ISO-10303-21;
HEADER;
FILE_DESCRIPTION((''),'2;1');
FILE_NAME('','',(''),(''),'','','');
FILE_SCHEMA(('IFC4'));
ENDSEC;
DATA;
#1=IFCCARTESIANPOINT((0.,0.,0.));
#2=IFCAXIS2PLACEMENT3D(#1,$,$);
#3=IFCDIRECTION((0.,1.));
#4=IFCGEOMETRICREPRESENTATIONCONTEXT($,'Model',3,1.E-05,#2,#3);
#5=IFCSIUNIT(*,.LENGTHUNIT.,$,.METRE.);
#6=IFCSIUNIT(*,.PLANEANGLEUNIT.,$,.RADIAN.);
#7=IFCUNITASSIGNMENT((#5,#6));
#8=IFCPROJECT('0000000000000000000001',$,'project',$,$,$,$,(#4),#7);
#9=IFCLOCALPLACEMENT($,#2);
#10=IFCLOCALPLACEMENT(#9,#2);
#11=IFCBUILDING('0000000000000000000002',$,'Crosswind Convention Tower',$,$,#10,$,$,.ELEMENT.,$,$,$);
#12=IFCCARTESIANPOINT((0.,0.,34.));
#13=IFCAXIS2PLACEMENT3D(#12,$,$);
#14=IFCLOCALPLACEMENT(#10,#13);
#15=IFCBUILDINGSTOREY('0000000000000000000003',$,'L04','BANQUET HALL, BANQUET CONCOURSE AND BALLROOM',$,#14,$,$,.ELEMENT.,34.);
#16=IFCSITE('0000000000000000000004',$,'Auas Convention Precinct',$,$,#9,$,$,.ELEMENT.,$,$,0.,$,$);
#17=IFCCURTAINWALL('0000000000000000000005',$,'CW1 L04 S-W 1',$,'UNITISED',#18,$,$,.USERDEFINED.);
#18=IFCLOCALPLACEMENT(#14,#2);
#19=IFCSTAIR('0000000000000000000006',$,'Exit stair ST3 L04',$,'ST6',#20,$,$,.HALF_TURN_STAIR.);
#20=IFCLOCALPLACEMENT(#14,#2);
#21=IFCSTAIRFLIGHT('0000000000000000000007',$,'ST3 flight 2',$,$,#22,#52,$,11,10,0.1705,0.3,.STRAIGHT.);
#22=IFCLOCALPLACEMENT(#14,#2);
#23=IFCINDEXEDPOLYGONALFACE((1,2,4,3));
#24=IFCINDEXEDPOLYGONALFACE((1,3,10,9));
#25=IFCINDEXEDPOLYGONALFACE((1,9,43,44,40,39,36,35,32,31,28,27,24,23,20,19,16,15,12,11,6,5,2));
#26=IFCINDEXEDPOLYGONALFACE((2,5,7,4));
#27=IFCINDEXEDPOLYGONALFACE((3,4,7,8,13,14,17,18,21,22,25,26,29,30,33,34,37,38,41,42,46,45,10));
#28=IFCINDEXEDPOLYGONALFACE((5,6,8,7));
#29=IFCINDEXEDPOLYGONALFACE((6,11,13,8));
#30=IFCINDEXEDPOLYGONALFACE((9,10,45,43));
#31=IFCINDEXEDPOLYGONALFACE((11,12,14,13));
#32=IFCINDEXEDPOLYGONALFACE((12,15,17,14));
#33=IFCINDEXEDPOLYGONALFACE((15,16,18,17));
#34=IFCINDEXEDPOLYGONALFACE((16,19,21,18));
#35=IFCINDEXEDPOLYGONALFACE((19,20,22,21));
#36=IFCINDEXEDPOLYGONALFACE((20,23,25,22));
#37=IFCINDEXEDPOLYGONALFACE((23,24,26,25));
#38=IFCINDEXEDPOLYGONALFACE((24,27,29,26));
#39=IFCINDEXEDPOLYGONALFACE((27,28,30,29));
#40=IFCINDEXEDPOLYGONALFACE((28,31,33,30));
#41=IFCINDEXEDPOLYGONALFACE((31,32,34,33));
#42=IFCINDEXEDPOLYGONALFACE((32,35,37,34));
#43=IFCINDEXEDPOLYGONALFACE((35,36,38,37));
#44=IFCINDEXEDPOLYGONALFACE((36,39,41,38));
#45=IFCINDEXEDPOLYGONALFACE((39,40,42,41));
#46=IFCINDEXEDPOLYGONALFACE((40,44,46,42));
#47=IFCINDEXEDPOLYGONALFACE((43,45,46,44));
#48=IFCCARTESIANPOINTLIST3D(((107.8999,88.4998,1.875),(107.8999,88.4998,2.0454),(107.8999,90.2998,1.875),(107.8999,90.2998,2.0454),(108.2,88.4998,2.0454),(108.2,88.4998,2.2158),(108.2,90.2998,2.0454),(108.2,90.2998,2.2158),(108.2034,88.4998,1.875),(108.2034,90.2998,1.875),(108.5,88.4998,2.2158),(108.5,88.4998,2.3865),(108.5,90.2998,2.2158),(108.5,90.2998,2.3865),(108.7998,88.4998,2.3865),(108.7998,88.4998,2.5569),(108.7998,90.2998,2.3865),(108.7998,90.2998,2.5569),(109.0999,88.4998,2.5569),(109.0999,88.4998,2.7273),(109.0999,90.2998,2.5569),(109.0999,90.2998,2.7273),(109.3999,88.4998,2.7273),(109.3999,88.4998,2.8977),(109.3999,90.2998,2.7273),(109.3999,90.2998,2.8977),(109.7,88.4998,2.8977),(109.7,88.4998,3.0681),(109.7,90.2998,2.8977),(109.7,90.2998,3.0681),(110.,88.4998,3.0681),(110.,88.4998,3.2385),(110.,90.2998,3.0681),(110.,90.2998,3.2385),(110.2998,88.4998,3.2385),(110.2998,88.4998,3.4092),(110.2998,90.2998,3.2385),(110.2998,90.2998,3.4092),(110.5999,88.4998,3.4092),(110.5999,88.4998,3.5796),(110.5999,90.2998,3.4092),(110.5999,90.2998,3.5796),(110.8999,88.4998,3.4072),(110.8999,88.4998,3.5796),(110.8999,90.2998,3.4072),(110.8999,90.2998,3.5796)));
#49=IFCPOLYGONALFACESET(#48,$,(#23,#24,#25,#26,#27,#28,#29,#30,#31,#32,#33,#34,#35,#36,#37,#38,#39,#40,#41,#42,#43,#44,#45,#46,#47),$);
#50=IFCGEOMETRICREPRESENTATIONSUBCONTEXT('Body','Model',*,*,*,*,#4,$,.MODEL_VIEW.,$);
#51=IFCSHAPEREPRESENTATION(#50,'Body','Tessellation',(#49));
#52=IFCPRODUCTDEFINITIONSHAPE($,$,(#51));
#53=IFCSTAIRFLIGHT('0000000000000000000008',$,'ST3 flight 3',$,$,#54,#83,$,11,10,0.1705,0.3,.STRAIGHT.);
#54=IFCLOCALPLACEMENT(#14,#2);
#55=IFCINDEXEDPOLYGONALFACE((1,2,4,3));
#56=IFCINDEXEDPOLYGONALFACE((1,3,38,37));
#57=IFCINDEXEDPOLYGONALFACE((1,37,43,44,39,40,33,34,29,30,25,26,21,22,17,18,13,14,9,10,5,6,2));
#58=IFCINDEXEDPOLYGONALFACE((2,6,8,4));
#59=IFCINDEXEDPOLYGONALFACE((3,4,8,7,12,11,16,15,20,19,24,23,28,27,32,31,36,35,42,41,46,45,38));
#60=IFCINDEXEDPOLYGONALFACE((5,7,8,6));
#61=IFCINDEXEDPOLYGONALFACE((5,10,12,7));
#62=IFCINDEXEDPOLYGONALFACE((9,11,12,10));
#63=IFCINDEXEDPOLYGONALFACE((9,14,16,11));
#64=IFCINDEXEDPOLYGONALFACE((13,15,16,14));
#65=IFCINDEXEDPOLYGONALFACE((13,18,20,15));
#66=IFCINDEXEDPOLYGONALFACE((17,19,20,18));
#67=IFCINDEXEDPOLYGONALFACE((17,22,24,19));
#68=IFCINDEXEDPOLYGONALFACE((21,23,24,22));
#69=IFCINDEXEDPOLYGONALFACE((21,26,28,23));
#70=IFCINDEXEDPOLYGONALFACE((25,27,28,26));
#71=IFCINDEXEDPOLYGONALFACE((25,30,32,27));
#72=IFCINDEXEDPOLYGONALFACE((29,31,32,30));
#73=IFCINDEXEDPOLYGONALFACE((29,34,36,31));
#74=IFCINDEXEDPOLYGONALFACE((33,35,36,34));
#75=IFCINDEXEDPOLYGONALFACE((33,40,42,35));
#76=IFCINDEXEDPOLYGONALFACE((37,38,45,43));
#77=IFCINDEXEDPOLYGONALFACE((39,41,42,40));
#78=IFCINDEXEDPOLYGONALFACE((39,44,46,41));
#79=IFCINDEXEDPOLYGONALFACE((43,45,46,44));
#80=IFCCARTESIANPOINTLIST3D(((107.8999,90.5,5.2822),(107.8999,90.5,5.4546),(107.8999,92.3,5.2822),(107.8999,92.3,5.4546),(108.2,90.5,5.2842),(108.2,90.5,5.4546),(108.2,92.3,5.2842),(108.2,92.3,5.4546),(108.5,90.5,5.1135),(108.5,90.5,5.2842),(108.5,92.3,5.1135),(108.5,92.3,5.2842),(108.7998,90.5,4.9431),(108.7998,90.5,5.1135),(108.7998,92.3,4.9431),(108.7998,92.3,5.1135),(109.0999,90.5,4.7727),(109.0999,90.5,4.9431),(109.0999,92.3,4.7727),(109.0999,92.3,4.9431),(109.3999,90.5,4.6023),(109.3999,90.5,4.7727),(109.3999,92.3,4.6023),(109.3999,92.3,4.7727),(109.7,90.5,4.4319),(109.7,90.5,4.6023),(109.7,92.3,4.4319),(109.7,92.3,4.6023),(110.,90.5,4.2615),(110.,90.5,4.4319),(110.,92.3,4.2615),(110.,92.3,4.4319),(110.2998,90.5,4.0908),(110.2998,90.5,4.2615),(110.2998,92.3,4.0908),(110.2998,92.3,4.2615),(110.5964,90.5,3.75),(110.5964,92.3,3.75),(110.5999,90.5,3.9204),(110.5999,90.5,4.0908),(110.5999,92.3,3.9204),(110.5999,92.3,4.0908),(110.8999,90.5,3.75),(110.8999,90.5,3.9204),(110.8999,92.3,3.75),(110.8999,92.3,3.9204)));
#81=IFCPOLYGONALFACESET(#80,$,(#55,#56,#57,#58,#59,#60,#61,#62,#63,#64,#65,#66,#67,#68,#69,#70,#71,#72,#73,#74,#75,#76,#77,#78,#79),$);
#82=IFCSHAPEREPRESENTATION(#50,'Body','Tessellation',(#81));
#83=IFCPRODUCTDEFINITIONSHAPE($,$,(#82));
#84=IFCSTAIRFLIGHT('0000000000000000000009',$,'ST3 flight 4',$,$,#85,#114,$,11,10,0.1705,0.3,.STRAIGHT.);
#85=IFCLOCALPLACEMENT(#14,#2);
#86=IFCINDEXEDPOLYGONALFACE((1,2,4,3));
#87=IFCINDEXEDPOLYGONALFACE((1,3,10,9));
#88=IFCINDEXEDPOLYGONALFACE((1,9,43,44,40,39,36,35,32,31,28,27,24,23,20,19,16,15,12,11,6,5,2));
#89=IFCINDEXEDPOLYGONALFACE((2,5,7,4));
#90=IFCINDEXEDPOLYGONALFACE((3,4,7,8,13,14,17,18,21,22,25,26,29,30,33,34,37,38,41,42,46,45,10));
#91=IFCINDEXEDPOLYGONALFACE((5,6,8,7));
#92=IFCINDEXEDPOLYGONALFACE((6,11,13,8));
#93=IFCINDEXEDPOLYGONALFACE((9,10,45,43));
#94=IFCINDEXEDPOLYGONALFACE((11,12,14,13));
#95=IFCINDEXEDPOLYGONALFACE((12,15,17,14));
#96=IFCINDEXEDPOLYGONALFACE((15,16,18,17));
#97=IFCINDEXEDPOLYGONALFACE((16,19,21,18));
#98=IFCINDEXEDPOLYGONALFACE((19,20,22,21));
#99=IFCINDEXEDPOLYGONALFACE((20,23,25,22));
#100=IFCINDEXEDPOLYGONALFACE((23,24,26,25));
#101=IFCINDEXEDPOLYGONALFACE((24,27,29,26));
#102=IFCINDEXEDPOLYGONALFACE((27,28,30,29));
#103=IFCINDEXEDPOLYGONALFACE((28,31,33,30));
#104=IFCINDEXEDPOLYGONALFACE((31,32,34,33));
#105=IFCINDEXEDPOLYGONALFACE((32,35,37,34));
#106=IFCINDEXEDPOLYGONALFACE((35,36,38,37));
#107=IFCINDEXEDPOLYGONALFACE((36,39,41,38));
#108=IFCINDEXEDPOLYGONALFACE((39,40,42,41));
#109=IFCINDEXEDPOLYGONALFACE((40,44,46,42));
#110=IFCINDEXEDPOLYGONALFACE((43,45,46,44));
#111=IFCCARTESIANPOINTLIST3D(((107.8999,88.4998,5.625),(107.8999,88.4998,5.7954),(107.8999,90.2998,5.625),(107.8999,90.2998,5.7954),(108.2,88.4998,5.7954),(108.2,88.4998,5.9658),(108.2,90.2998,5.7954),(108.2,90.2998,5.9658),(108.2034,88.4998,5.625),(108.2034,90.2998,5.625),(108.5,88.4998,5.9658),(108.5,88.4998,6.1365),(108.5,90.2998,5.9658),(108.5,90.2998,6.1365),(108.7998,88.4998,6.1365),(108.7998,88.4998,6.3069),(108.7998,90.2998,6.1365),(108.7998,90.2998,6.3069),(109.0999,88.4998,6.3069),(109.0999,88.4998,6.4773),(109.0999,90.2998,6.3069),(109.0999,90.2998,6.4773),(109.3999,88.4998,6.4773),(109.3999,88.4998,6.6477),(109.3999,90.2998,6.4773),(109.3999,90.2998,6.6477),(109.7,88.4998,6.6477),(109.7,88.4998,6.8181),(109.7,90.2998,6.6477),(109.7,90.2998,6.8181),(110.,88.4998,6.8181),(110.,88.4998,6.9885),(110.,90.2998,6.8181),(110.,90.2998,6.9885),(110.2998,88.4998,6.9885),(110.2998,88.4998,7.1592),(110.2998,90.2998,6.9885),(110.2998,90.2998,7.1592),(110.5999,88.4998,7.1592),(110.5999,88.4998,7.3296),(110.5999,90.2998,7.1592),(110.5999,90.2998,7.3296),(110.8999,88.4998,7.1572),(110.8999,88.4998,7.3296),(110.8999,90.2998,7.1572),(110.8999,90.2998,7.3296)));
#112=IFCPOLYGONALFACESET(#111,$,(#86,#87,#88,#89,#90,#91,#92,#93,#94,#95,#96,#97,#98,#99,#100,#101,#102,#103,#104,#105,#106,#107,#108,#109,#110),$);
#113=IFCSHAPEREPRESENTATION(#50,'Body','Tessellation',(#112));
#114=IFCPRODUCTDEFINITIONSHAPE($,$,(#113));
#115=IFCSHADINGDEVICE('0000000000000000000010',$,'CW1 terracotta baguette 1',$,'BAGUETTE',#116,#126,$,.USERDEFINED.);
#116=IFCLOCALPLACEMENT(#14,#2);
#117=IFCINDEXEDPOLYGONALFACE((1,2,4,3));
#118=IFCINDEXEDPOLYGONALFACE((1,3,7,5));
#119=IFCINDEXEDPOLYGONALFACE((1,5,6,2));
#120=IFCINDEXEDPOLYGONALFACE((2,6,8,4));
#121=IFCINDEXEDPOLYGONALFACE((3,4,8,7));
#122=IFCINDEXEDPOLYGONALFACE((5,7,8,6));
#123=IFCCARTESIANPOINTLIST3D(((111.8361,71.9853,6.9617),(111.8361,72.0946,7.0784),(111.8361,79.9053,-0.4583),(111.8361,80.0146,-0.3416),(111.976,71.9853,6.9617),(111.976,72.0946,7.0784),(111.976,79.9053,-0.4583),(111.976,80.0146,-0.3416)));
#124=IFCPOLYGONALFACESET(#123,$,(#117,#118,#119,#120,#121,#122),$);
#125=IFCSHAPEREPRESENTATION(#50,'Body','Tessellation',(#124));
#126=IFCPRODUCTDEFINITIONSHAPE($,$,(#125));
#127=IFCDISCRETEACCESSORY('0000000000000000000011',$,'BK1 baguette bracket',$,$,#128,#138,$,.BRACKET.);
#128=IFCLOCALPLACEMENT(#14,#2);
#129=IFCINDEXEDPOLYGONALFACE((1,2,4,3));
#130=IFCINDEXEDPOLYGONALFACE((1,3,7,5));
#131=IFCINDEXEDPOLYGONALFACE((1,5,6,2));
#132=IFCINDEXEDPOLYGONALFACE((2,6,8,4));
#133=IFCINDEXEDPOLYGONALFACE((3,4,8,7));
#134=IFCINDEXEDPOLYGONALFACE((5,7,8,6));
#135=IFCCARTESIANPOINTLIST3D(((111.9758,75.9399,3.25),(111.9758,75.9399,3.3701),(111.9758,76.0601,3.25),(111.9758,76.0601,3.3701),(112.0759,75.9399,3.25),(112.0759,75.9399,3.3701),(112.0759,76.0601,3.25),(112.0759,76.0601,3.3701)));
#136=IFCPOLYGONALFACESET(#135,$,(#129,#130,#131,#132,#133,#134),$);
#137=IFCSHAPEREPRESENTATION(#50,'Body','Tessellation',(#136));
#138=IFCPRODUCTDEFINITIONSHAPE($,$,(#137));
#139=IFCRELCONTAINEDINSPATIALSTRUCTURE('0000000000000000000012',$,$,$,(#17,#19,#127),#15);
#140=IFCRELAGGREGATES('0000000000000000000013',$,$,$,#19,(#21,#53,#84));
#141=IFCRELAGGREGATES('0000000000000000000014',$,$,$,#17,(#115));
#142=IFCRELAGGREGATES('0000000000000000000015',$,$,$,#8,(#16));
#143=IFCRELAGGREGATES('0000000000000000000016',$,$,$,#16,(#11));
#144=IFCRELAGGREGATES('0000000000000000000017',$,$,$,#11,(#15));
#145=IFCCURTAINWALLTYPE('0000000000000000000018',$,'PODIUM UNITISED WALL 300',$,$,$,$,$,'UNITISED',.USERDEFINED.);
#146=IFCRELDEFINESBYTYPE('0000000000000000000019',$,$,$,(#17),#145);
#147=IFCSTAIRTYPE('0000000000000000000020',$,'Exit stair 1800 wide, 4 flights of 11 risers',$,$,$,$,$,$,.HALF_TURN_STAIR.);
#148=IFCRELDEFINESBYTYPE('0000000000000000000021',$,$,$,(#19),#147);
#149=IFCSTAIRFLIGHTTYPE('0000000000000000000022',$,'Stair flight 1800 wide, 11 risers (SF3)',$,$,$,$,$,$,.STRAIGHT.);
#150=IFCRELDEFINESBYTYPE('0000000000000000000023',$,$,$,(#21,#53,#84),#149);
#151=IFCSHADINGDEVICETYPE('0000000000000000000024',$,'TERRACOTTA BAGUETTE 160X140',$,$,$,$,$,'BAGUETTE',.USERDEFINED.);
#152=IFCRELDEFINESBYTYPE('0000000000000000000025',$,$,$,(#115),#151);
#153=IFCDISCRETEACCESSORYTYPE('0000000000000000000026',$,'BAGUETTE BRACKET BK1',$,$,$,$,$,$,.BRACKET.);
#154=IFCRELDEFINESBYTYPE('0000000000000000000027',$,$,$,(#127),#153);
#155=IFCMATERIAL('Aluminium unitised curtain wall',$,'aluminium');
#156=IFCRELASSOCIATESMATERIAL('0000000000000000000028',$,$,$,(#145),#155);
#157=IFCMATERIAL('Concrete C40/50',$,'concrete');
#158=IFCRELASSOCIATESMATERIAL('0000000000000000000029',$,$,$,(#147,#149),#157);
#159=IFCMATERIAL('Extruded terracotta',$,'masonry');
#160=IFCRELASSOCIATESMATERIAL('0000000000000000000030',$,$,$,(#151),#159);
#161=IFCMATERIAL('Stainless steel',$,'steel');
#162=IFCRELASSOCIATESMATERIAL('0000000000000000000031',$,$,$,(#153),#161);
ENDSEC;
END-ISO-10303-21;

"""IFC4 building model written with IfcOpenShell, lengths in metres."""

from ifc_helpers import new_model, si_unit, direction, frame, origin, origin_2d, place, context, subcontext, project, spatial, polyline, rectangle, outline, extrude, material, material_profile, profile_set, type_object, element, aggregate, save


model = new_model("IFC4")

# Units and contexts
model_context = context("Model", 3, precision=1e-05, world=origin(), true_north=direction((0.0, 1.0)))
body_context = subcontext(model_context, "Body", "Model", "MODEL_VIEW")
ifc_project = project(units=[si_unit("LENGTHUNIT", "METRE"), si_unit("PLANEANGLEUNIT", "RADIAN")], contexts=[model_context])

# Site, building, storey
site_placement = place(None, origin())
site = spatial("IfcSite", under=ifc_project, at=site_placement, Name="Auas Convention Precinct", CompositionType="ELEMENT", RefElevation=0.0)
building_placement = place(site_placement, origin())
building = spatial("IfcBuilding", under=site, at=building_placement, Name="Crosswind Convention Tower", CompositionType="ELEMENT")
storey_placement = place(building_placement, frame((0.0, 0.0, 34.0)))
storey = spatial("IfcBuildingStorey", under=building, at=storey_placement, Name="L04", Description="BANQUET HALL, BANQUET CONCOURSE AND BALLROOM", CompositionType="ELEMENT", Elevation=34.0)

# Shared definitions
ifc_material_1 = material(Name="Aluminium unitised curtain wall", Category="aluminium")

# Curtain wall
curtain_wall_type_1 = type_object("IfcCurtainWallType", Name="PODIUM UNITISED WALL 300", ElementType="UNITISED", PredefinedType="USERDEFINED", material=ifc_material_1)
curtain_wall_1_placement = place(storey_placement, origin())
curtain_wall_1 = element("IfcCurtainWall", 1, at=curtain_wall_1_placement, inside=storey, type_object=curtain_wall_type_1, Name="CW1 L04 S-W 1", ObjectType="UNITISED", PredefinedType="USERDEFINED")

# Shared definitions
ifc_material_2 = material(Name="Stainless steel", Category="steel")

# Stair, stair flights
ifc_material_3 = material(Name="Concrete C40/50", Category="concrete")
stair_type = type_object("IfcStairType", Name="Exit stair 1800 wide, 4 flights of 11 risers", PredefinedType="HALF_TURN_STAIR", material=ifc_material_3)
stair_placement = place(storey_placement, origin())
stair = element("IfcStair", 2, at=stair_placement, inside=storey, type_object=stair_type, Name="Exit stair ST3 L04", ObjectType="ST6", PredefinedType="HALF_TURN_STAIR")
stair_flight_type = type_object("IfcStairFlightType", Name="Stair flight 1800 wide, 11 risers (SF3)", PredefinedType="STRAIGHT", material=ifc_material_3)
stair_flight_1_placement = place(storey_placement, frame((107.8999, 89.3999, 1.875), z_axis=(0.0, 0.0, 1.0), x_axis=(1.0, 0.0, 0.0)))
stair_flight_1 = element("IfcStairFlight", 3, at=stair_flight_1_placement, type_object=stair_flight_type, Name="ST3 flight 2", NumberOfRisers=11, NumberOfTreads=10, PredefinedType="STRAIGHT", RiserHeight=0.1705, TreadLength=0.3, context=body_context, shape_type="SweptSolid", body=[
    extrude(outline(polyline([(0.0, 0.0), (0.0, 0.1704), (0.3, 0.1704), (0.3, 0.3408), (0.6001, 0.3408), (0.6001, 0.5115), (0.8999, 0.5115), (0.8999, 0.6819), (1.2, 0.6819), (1.2, 0.8523), (1.5, 0.8523), (1.5, 1.0227), (1.8, 1.0227), (1.8, 1.1931), (2.1001, 1.1931), (2.1001, 1.3635), (2.3999, 1.3635), (2.3999, 1.5342), (2.7, 1.5342), (2.7, 1.7046), (3.0, 1.7046), (3.0, 1.875), (3.0, 1.5322), (0.3035, 0.0), (0.0, 0.0)])), frame((0.0, 0.8999, 0.0), z_axis=(0.0, -1.0, 0.0), x_axis=(1.0, 0.0, 0.0)), (0.0, 0.0, 1.0), 1.8),
])
stair_flight_2_placement = place(storey_placement, frame((110.8999, 91.3999, 3.75), z_axis=(0.0, 0.0, 1.0), x_axis=(-1.0, 0.0, 0.0)))
stair_flight_2 = element("IfcStairFlight", 4, at=stair_flight_2_placement, type_object=stair_flight_type, Name="ST3 flight 3", NumberOfRisers=11, NumberOfTreads=10, PredefinedType="STRAIGHT", RiserHeight=0.1705, TreadLength=0.3, context=body_context, shape_type="SweptSolid", body=[
    extrude(outline(polyline([(0.0, 0.0), (0.0, 0.1704), (0.3, 0.1704), (0.3, 0.3408), (0.6001, 0.3408), (0.6001, 0.5115), (0.8999, 0.5115), (0.8999, 0.6819), (1.2, 0.6819), (1.2, 0.8523), (1.5, 0.8523), (1.5, 1.0227), (1.8, 1.0227), (1.8, 1.1931), (2.1001, 1.1931), (2.1001, 1.3635), (2.3999, 1.3635), (2.3999, 1.5342), (2.7, 1.5342), (2.7, 1.7046), (3.0, 1.7046), (3.0, 1.875), (3.0, 1.5322), (0.3035, 0.0), (0.0, 0.0)])), frame((0.0, 0.8999, 0.0), z_axis=(0.0, -1.0, 0.0), x_axis=(1.0, 0.0, 0.0)), (0.0, 0.0, 1.0), 1.8),
])
stair_flight_3_placement = place(storey_placement, frame((107.8999, 89.3999, 5.625), z_axis=(0.0, 0.0, 1.0), x_axis=(1.0, 0.0, 0.0)))
stair_flight_3 = element("IfcStairFlight", 5, at=stair_flight_3_placement, type_object=stair_flight_type, Name="ST3 flight 4", NumberOfRisers=11, NumberOfTreads=10, PredefinedType="STRAIGHT", RiserHeight=0.1705, TreadLength=0.3, context=body_context, shape_type="SweptSolid", body=[
    extrude(outline(polyline([(0.0, 0.0), (0.0, 0.1704), (0.3, 0.1704), (0.3, 0.3408), (0.6001, 0.3408), (0.6001, 0.5115), (0.8999, 0.5115), (0.8999, 0.6819), (1.2, 0.6819), (1.2, 0.8523), (1.5, 0.8523), (1.5, 1.0227), (1.8, 1.0227), (1.8, 1.1931), (2.1001, 1.1931), (2.1001, 1.3635), (2.3999, 1.3635), (2.3999, 1.5342), (2.7, 1.5342), (2.7, 1.7046), (3.0, 1.7046), (3.0, 1.875), (3.0, 1.5322), (0.3035, 0.0), (0.0, 0.0)])), frame((0.0, 0.8999, 0.0), z_axis=(0.0, -1.0, 0.0), x_axis=(1.0, 0.0, 0.0)), (0.0, 0.0, 1.0), 1.8),
])
aggregate(stair, [stair_flight_1, stair_flight_2, stair_flight_3])

# Shading device
ifc_material_4 = material(Name="Extruded terracotta", Category="masonry")
ifc_material_profile_1 = material_profile(ifc_material_4, rectangle(XDim=0.1399, YDim=0.1599, at=origin_2d()), Name="TC 140X160")
ifc_profile_set_1 = profile_set([ifc_material_profile_1], Name="Extruded terracotta")
shading_device_type = type_object("IfcShadingDeviceType", Name="TERRACOTTA BAGUETTE 160X140", ElementType="BAGUETTE", PredefinedType="USERDEFINED", material=ifc_profile_set_1)
shading_device_placement = place(storey_placement, frame((111.906, 79.96, -0.3999), z_axis=(0.0, -0.729767, 0.683696), x_axis=(1.0, 0.0, 0.0)))
shading_device = element("IfcShadingDevice", 6, at=shading_device_placement, type_object=shading_device_type, Name="CW1 terracotta baguette 1", ObjectType="BAGUETTE", PredefinedType="USERDEFINED", context=body_context, shape_type="SweptSolid", body=[
    extrude(rectangle(XDim=0.1399, YDim=0.1599, at=origin_2d()), origin(), (0.0, 0.0, 1.0), 10.8528),
])
aggregate(curtain_wall_1, [shading_device])

# Discrete accessory
discrete_accessory_type = type_object("IfcDiscreteAccessoryType", Name="BAGUETTE BRACKET BK1", PredefinedType="BRACKET", material=ifc_material_2)
discrete_accessory_placement = place(storey_placement, frame((112.0259, 76.0, 3.25), z_axis=(0.0, 0.0, 1.0), x_axis=(0.0, -1.0, 0.0)))
element("IfcDiscreteAccessory", 7, at=discrete_accessory_placement, inside=storey, type_object=discrete_accessory_type, Name="BK1 baguette bracket", PredefinedType="BRACKET", context=body_context, shape_type="SweptSolid", body=[
    extrude(rectangle(XDim=0.1201, YDim=0.1001, at=origin_2d()), origin(), (0.0, 0.0, 1.0), 0.1201),
])

save(model, "model.ifc")
